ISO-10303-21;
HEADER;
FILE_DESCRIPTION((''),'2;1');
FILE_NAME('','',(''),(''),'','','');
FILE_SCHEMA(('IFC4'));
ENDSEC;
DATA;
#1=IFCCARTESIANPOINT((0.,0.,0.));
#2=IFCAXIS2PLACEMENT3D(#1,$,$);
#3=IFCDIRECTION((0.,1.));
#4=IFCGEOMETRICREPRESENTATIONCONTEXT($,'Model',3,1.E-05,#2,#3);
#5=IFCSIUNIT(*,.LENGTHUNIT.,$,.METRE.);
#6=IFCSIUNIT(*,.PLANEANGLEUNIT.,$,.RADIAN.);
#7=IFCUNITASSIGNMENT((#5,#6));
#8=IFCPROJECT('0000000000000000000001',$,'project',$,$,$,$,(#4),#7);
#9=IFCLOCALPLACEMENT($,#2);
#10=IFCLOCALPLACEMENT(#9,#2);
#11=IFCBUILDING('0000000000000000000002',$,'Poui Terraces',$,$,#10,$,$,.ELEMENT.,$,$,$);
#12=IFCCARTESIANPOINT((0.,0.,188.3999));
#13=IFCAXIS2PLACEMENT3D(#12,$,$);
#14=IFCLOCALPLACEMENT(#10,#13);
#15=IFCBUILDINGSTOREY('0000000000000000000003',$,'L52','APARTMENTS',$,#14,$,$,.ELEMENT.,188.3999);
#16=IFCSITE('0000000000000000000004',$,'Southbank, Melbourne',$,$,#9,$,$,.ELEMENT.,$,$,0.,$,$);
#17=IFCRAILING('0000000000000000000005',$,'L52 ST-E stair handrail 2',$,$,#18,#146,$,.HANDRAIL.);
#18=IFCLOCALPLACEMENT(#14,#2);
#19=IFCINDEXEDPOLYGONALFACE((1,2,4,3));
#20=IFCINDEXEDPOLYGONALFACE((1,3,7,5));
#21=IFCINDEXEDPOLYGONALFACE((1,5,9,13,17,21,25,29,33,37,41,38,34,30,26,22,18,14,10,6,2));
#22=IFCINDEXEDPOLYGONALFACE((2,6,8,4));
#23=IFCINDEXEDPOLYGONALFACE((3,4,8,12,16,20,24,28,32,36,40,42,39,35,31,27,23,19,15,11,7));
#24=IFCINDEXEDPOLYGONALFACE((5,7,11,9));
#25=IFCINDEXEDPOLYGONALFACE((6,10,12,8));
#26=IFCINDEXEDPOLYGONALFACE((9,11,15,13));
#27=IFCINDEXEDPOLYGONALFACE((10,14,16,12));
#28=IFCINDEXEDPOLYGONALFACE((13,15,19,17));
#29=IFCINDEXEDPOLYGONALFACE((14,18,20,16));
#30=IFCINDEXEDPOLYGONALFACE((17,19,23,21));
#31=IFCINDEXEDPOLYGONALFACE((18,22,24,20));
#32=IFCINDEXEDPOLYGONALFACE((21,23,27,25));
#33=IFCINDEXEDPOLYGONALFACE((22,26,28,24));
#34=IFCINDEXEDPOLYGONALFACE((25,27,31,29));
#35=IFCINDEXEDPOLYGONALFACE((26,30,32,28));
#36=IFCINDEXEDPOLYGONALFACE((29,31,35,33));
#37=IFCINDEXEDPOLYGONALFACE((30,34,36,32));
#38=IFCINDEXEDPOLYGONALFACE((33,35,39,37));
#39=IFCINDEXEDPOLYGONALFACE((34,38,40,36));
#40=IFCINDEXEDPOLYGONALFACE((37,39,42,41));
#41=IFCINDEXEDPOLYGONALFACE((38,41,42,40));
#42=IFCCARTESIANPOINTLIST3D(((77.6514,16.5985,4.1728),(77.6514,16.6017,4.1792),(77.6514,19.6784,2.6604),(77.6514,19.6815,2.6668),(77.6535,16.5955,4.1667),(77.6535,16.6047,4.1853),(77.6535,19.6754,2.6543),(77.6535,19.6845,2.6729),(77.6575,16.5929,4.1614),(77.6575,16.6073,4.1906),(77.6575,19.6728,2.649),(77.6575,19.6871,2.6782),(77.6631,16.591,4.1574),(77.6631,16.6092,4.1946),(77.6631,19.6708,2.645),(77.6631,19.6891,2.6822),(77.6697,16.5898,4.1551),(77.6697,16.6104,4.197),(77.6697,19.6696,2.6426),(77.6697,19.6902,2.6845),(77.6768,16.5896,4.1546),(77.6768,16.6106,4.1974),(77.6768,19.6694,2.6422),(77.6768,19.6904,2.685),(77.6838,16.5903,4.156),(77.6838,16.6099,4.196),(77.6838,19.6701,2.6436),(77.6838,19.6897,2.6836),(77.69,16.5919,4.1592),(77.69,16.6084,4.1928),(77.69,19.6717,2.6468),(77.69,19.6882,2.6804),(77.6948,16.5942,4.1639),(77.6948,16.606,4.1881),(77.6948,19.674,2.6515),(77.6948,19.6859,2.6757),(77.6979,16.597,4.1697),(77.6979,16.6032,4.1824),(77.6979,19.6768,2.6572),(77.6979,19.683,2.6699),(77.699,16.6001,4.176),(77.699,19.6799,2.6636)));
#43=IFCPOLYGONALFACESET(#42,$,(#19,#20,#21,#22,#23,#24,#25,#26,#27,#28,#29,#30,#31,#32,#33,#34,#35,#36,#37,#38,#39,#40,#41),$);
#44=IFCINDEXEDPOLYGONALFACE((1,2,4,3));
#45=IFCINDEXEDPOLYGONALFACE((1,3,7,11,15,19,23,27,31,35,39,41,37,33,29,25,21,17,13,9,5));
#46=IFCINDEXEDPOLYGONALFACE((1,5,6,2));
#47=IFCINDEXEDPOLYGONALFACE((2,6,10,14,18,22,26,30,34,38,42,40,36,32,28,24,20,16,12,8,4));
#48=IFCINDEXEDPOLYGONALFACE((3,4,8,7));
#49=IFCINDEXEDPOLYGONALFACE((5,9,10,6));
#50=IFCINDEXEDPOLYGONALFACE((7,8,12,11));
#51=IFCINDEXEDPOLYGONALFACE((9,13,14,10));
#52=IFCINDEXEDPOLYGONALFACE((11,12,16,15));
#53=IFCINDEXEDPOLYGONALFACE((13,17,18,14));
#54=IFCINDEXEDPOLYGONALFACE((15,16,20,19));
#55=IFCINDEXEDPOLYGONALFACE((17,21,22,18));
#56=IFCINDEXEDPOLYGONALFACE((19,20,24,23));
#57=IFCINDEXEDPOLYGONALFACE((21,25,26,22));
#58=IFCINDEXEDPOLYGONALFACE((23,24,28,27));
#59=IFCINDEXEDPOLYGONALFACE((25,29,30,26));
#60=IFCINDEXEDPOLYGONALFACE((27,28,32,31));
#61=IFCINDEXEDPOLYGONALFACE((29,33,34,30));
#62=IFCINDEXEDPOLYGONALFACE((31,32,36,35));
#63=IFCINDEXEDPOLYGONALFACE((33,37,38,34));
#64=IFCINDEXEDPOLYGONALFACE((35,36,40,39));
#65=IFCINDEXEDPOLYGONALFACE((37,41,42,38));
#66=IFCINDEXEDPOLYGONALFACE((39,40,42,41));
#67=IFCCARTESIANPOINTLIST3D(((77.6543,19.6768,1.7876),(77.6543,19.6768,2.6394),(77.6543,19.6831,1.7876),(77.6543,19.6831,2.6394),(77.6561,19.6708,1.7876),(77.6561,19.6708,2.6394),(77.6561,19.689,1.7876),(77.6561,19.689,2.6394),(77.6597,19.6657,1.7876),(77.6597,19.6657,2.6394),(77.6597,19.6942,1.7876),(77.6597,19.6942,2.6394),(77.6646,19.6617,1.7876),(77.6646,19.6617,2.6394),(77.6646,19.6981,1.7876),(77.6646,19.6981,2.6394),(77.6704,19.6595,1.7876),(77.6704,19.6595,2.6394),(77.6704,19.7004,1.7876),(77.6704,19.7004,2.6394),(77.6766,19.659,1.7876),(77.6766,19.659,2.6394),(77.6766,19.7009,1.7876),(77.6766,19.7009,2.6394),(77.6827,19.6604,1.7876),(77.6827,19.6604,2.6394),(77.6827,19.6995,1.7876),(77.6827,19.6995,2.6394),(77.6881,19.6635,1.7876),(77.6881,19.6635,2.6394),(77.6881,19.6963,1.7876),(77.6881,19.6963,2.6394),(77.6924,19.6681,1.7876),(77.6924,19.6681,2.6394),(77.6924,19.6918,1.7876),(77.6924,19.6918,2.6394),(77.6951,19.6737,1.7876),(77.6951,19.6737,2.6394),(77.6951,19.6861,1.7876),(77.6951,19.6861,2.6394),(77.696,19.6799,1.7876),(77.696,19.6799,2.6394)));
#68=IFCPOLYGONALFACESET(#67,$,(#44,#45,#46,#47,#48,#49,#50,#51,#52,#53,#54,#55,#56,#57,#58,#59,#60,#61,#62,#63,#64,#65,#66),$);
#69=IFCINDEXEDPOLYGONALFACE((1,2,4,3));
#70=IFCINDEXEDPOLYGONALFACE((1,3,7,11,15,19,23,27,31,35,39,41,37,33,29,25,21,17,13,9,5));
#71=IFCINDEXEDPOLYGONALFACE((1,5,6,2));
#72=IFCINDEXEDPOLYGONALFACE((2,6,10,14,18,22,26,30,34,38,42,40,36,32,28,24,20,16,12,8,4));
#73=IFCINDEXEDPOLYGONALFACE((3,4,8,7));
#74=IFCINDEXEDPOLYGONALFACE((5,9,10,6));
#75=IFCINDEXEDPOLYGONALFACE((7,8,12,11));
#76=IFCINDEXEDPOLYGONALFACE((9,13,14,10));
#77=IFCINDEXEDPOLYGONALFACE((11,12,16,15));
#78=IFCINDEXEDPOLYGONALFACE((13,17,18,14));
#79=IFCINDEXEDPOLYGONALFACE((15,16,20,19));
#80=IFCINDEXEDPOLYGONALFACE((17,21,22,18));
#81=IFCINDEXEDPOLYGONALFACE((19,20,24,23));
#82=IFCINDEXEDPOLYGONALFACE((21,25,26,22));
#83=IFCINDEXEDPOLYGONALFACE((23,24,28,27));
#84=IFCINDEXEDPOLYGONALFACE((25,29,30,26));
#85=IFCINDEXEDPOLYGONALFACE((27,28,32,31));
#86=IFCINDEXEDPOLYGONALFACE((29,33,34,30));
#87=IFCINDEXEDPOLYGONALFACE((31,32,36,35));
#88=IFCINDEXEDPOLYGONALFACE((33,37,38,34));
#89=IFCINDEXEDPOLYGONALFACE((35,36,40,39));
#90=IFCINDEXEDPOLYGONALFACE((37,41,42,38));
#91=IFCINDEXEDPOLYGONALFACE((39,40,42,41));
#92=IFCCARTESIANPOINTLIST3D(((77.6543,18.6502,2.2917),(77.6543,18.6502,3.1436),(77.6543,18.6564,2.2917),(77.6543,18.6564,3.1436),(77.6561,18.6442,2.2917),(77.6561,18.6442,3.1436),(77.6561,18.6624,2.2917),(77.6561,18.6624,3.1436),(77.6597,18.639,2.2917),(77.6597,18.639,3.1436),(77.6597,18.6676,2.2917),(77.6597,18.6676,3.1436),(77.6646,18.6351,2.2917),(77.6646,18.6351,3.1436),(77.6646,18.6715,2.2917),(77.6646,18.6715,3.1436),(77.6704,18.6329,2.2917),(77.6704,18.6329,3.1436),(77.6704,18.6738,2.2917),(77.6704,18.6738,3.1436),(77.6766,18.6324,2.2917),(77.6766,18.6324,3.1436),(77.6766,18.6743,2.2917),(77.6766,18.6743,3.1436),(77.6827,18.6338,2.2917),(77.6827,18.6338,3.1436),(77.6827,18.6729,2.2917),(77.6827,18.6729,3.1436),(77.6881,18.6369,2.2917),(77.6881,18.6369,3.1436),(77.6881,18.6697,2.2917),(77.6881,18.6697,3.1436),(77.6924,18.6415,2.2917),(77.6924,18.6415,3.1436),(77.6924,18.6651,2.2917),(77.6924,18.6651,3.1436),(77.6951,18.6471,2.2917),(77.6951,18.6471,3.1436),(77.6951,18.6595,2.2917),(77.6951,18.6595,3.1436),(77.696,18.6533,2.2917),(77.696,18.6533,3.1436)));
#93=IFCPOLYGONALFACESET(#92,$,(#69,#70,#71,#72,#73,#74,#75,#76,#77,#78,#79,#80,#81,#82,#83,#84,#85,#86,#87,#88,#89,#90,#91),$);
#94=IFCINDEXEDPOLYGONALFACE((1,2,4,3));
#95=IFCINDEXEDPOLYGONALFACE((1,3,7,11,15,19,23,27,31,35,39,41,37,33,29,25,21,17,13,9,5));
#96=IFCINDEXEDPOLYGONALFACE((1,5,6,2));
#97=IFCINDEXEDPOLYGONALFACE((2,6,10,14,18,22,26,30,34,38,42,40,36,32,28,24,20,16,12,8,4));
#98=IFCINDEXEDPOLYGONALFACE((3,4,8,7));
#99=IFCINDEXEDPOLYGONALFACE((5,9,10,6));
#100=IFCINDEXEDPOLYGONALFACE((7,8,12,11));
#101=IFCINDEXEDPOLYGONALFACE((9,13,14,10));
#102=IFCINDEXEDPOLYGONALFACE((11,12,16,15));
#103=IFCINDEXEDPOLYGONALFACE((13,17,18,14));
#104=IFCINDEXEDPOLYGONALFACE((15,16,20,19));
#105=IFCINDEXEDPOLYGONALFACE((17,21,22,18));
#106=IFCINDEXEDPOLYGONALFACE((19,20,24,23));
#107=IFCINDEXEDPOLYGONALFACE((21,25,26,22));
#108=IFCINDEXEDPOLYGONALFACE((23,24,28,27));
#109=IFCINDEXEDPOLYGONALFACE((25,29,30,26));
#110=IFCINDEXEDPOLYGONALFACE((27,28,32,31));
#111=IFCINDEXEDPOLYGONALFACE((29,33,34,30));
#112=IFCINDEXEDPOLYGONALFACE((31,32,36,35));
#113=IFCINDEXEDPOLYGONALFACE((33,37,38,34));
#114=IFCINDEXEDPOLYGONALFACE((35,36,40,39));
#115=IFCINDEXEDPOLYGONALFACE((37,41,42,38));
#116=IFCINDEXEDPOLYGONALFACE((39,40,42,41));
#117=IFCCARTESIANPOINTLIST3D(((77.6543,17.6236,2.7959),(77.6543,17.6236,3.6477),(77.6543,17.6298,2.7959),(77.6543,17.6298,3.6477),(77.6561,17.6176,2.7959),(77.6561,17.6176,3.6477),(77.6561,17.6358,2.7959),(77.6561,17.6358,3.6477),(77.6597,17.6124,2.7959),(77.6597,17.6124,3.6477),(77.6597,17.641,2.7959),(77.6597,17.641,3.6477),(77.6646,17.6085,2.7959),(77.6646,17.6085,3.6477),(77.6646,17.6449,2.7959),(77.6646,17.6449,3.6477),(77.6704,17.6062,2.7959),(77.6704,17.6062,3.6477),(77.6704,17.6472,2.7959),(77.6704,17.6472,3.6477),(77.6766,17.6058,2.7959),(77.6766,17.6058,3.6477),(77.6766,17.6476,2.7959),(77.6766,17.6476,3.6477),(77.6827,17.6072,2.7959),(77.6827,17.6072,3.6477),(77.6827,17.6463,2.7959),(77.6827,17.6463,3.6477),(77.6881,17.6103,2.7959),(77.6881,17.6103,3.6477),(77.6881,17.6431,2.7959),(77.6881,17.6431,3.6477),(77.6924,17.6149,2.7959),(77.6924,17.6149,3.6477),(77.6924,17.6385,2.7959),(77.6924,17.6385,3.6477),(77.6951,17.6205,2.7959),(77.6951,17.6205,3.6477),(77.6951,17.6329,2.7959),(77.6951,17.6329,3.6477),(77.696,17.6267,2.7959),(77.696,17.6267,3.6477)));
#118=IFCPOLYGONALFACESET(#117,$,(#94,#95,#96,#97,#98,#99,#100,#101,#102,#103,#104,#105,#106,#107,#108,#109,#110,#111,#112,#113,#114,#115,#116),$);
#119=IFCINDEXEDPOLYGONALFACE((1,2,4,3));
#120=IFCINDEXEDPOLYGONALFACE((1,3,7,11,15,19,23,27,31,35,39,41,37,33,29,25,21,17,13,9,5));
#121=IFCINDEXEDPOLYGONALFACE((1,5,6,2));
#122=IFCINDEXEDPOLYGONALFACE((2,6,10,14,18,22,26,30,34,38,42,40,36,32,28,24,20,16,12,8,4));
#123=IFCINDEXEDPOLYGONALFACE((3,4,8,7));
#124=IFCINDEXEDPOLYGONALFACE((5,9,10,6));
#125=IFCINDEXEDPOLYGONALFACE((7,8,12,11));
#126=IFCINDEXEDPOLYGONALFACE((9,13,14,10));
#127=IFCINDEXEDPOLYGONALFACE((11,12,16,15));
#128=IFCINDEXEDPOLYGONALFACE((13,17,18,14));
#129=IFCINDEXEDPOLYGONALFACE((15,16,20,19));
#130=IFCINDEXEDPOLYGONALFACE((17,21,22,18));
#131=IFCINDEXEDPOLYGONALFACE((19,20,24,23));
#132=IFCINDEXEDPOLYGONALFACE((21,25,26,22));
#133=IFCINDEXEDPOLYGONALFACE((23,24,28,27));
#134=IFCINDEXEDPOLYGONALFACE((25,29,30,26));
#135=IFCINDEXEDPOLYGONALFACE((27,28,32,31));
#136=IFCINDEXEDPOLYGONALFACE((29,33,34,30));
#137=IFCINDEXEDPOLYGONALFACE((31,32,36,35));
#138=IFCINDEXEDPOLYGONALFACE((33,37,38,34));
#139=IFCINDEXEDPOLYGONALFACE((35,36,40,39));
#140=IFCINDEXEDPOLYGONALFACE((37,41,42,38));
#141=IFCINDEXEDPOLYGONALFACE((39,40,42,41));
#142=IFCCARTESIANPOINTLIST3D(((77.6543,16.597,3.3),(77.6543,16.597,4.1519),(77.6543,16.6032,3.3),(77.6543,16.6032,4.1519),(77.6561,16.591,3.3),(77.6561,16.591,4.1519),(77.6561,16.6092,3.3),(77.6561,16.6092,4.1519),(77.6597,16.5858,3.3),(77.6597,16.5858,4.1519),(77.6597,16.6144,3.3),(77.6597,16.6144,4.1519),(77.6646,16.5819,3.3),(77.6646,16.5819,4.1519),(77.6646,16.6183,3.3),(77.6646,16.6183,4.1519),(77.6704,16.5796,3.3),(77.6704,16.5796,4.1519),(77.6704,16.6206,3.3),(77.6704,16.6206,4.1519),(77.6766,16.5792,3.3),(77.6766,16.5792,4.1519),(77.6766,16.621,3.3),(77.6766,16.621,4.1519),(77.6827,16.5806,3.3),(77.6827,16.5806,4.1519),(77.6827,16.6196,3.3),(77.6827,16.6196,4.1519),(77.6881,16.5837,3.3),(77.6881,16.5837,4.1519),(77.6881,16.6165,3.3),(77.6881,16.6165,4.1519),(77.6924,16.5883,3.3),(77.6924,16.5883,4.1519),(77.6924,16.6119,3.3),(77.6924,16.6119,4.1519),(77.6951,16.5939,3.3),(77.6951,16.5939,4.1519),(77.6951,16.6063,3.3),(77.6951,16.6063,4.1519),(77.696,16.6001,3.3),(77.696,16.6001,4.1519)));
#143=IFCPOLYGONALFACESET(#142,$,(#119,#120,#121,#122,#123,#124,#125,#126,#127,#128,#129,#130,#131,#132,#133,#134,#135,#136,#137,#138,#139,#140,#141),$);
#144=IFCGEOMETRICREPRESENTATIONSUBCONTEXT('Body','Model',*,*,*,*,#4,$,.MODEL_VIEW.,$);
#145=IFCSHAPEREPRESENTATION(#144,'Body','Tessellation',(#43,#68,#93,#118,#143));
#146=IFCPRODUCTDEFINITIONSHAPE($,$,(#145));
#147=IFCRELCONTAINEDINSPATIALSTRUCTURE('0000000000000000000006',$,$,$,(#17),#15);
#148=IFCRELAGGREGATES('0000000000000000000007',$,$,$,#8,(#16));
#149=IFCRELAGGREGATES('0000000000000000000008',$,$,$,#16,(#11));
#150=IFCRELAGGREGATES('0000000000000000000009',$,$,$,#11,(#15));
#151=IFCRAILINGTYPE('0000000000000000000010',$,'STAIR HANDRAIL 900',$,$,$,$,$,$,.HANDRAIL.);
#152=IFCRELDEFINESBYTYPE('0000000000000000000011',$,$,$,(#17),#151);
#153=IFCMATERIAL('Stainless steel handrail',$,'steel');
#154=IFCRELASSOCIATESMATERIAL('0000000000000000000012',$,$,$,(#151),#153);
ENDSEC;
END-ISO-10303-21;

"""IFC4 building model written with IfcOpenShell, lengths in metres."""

from ifc_helpers import new_model, si_unit, direction, frame, origin, origin_2d, place, context, subcontext, project, spatial, circle, extrude, material, type_object, element, save


model = new_model("IFC4")

# Units and contexts
model_context = context("Model", 3, precision=1e-05, world=origin(), true_north=direction((0.0, 1.0)))
body_context = subcontext(model_context, "Body", "Model", "MODEL_VIEW")
ifc_project = project(units=[si_unit("LENGTHUNIT", "METRE"), si_unit("PLANEANGLEUNIT", "RADIAN")], contexts=[model_context])

# Site, building, storey
site_placement = place(None, origin())
site = spatial("IfcSite", under=ifc_project, at=site_placement, Name="Southbank, Melbourne", CompositionType="ELEMENT", RefElevation=0.0)
building_placement = place(site_placement, origin())
building = spatial("IfcBuilding", under=site, at=building_placement, Name="Poui Terraces", CompositionType="ELEMENT")
storey_placement = place(building_placement, frame((0.0, 0.0, 188.3999)))
storey = spatial("IfcBuildingStorey", under=building, at=storey_placement, Name="L52", Description="APARTMENTS", CompositionType="ELEMENT", Elevation=188.3999)

# Railing
ifc_material_1 = material(Name="Stainless steel handrail", Category="steel")
railing_type_1 = type_object("IfcRailingType", Name="STAIR HANDRAIL 900", PredefinedType="HANDRAIL", material=ifc_material_1)
railing_1_placement = place(storey_placement, frame((77.675, 19.6799, 1.7876)))
element("IfcRailing", 1, at=railing_1_placement, inside=storey, type_object=railing_type_1, Name="L52 ST-E stair handrail 2", PredefinedType="HANDRAIL", context=body_context, shape_type="SweptSolid", body=[
    extrude(circle(Radius=0.0239, at=origin_2d()), frame((0.0, 0.0, 0.876), z_axis=(0.0, -0.897606, 0.440798), x_axis=(1.0, 0.0, 0.0)), (0.0, 0.0, 1.0), 3.4312),
    extrude(circle(Radius=0.021, at=origin_2d()), origin(), (0.0, 0.0, 1.0), 0.8518),
    extrude(circle(Radius=0.021, at=origin_2d()), frame((0.0, -1.0266, 0.5042)), (0.0, 0.0, 1.0), 0.8518),
    extrude(circle(Radius=0.021, at=origin_2d()), frame((0.0, -2.0532, 1.0083)), (0.0, 0.0, 1.0), 0.8518),
    extrude(circle(Radius=0.021, at=origin_2d()), frame((0.0, -3.0798, 1.5125)), (0.0, 0.0, 1.0), 0.8518),
])

save(model, "model.ifc")
